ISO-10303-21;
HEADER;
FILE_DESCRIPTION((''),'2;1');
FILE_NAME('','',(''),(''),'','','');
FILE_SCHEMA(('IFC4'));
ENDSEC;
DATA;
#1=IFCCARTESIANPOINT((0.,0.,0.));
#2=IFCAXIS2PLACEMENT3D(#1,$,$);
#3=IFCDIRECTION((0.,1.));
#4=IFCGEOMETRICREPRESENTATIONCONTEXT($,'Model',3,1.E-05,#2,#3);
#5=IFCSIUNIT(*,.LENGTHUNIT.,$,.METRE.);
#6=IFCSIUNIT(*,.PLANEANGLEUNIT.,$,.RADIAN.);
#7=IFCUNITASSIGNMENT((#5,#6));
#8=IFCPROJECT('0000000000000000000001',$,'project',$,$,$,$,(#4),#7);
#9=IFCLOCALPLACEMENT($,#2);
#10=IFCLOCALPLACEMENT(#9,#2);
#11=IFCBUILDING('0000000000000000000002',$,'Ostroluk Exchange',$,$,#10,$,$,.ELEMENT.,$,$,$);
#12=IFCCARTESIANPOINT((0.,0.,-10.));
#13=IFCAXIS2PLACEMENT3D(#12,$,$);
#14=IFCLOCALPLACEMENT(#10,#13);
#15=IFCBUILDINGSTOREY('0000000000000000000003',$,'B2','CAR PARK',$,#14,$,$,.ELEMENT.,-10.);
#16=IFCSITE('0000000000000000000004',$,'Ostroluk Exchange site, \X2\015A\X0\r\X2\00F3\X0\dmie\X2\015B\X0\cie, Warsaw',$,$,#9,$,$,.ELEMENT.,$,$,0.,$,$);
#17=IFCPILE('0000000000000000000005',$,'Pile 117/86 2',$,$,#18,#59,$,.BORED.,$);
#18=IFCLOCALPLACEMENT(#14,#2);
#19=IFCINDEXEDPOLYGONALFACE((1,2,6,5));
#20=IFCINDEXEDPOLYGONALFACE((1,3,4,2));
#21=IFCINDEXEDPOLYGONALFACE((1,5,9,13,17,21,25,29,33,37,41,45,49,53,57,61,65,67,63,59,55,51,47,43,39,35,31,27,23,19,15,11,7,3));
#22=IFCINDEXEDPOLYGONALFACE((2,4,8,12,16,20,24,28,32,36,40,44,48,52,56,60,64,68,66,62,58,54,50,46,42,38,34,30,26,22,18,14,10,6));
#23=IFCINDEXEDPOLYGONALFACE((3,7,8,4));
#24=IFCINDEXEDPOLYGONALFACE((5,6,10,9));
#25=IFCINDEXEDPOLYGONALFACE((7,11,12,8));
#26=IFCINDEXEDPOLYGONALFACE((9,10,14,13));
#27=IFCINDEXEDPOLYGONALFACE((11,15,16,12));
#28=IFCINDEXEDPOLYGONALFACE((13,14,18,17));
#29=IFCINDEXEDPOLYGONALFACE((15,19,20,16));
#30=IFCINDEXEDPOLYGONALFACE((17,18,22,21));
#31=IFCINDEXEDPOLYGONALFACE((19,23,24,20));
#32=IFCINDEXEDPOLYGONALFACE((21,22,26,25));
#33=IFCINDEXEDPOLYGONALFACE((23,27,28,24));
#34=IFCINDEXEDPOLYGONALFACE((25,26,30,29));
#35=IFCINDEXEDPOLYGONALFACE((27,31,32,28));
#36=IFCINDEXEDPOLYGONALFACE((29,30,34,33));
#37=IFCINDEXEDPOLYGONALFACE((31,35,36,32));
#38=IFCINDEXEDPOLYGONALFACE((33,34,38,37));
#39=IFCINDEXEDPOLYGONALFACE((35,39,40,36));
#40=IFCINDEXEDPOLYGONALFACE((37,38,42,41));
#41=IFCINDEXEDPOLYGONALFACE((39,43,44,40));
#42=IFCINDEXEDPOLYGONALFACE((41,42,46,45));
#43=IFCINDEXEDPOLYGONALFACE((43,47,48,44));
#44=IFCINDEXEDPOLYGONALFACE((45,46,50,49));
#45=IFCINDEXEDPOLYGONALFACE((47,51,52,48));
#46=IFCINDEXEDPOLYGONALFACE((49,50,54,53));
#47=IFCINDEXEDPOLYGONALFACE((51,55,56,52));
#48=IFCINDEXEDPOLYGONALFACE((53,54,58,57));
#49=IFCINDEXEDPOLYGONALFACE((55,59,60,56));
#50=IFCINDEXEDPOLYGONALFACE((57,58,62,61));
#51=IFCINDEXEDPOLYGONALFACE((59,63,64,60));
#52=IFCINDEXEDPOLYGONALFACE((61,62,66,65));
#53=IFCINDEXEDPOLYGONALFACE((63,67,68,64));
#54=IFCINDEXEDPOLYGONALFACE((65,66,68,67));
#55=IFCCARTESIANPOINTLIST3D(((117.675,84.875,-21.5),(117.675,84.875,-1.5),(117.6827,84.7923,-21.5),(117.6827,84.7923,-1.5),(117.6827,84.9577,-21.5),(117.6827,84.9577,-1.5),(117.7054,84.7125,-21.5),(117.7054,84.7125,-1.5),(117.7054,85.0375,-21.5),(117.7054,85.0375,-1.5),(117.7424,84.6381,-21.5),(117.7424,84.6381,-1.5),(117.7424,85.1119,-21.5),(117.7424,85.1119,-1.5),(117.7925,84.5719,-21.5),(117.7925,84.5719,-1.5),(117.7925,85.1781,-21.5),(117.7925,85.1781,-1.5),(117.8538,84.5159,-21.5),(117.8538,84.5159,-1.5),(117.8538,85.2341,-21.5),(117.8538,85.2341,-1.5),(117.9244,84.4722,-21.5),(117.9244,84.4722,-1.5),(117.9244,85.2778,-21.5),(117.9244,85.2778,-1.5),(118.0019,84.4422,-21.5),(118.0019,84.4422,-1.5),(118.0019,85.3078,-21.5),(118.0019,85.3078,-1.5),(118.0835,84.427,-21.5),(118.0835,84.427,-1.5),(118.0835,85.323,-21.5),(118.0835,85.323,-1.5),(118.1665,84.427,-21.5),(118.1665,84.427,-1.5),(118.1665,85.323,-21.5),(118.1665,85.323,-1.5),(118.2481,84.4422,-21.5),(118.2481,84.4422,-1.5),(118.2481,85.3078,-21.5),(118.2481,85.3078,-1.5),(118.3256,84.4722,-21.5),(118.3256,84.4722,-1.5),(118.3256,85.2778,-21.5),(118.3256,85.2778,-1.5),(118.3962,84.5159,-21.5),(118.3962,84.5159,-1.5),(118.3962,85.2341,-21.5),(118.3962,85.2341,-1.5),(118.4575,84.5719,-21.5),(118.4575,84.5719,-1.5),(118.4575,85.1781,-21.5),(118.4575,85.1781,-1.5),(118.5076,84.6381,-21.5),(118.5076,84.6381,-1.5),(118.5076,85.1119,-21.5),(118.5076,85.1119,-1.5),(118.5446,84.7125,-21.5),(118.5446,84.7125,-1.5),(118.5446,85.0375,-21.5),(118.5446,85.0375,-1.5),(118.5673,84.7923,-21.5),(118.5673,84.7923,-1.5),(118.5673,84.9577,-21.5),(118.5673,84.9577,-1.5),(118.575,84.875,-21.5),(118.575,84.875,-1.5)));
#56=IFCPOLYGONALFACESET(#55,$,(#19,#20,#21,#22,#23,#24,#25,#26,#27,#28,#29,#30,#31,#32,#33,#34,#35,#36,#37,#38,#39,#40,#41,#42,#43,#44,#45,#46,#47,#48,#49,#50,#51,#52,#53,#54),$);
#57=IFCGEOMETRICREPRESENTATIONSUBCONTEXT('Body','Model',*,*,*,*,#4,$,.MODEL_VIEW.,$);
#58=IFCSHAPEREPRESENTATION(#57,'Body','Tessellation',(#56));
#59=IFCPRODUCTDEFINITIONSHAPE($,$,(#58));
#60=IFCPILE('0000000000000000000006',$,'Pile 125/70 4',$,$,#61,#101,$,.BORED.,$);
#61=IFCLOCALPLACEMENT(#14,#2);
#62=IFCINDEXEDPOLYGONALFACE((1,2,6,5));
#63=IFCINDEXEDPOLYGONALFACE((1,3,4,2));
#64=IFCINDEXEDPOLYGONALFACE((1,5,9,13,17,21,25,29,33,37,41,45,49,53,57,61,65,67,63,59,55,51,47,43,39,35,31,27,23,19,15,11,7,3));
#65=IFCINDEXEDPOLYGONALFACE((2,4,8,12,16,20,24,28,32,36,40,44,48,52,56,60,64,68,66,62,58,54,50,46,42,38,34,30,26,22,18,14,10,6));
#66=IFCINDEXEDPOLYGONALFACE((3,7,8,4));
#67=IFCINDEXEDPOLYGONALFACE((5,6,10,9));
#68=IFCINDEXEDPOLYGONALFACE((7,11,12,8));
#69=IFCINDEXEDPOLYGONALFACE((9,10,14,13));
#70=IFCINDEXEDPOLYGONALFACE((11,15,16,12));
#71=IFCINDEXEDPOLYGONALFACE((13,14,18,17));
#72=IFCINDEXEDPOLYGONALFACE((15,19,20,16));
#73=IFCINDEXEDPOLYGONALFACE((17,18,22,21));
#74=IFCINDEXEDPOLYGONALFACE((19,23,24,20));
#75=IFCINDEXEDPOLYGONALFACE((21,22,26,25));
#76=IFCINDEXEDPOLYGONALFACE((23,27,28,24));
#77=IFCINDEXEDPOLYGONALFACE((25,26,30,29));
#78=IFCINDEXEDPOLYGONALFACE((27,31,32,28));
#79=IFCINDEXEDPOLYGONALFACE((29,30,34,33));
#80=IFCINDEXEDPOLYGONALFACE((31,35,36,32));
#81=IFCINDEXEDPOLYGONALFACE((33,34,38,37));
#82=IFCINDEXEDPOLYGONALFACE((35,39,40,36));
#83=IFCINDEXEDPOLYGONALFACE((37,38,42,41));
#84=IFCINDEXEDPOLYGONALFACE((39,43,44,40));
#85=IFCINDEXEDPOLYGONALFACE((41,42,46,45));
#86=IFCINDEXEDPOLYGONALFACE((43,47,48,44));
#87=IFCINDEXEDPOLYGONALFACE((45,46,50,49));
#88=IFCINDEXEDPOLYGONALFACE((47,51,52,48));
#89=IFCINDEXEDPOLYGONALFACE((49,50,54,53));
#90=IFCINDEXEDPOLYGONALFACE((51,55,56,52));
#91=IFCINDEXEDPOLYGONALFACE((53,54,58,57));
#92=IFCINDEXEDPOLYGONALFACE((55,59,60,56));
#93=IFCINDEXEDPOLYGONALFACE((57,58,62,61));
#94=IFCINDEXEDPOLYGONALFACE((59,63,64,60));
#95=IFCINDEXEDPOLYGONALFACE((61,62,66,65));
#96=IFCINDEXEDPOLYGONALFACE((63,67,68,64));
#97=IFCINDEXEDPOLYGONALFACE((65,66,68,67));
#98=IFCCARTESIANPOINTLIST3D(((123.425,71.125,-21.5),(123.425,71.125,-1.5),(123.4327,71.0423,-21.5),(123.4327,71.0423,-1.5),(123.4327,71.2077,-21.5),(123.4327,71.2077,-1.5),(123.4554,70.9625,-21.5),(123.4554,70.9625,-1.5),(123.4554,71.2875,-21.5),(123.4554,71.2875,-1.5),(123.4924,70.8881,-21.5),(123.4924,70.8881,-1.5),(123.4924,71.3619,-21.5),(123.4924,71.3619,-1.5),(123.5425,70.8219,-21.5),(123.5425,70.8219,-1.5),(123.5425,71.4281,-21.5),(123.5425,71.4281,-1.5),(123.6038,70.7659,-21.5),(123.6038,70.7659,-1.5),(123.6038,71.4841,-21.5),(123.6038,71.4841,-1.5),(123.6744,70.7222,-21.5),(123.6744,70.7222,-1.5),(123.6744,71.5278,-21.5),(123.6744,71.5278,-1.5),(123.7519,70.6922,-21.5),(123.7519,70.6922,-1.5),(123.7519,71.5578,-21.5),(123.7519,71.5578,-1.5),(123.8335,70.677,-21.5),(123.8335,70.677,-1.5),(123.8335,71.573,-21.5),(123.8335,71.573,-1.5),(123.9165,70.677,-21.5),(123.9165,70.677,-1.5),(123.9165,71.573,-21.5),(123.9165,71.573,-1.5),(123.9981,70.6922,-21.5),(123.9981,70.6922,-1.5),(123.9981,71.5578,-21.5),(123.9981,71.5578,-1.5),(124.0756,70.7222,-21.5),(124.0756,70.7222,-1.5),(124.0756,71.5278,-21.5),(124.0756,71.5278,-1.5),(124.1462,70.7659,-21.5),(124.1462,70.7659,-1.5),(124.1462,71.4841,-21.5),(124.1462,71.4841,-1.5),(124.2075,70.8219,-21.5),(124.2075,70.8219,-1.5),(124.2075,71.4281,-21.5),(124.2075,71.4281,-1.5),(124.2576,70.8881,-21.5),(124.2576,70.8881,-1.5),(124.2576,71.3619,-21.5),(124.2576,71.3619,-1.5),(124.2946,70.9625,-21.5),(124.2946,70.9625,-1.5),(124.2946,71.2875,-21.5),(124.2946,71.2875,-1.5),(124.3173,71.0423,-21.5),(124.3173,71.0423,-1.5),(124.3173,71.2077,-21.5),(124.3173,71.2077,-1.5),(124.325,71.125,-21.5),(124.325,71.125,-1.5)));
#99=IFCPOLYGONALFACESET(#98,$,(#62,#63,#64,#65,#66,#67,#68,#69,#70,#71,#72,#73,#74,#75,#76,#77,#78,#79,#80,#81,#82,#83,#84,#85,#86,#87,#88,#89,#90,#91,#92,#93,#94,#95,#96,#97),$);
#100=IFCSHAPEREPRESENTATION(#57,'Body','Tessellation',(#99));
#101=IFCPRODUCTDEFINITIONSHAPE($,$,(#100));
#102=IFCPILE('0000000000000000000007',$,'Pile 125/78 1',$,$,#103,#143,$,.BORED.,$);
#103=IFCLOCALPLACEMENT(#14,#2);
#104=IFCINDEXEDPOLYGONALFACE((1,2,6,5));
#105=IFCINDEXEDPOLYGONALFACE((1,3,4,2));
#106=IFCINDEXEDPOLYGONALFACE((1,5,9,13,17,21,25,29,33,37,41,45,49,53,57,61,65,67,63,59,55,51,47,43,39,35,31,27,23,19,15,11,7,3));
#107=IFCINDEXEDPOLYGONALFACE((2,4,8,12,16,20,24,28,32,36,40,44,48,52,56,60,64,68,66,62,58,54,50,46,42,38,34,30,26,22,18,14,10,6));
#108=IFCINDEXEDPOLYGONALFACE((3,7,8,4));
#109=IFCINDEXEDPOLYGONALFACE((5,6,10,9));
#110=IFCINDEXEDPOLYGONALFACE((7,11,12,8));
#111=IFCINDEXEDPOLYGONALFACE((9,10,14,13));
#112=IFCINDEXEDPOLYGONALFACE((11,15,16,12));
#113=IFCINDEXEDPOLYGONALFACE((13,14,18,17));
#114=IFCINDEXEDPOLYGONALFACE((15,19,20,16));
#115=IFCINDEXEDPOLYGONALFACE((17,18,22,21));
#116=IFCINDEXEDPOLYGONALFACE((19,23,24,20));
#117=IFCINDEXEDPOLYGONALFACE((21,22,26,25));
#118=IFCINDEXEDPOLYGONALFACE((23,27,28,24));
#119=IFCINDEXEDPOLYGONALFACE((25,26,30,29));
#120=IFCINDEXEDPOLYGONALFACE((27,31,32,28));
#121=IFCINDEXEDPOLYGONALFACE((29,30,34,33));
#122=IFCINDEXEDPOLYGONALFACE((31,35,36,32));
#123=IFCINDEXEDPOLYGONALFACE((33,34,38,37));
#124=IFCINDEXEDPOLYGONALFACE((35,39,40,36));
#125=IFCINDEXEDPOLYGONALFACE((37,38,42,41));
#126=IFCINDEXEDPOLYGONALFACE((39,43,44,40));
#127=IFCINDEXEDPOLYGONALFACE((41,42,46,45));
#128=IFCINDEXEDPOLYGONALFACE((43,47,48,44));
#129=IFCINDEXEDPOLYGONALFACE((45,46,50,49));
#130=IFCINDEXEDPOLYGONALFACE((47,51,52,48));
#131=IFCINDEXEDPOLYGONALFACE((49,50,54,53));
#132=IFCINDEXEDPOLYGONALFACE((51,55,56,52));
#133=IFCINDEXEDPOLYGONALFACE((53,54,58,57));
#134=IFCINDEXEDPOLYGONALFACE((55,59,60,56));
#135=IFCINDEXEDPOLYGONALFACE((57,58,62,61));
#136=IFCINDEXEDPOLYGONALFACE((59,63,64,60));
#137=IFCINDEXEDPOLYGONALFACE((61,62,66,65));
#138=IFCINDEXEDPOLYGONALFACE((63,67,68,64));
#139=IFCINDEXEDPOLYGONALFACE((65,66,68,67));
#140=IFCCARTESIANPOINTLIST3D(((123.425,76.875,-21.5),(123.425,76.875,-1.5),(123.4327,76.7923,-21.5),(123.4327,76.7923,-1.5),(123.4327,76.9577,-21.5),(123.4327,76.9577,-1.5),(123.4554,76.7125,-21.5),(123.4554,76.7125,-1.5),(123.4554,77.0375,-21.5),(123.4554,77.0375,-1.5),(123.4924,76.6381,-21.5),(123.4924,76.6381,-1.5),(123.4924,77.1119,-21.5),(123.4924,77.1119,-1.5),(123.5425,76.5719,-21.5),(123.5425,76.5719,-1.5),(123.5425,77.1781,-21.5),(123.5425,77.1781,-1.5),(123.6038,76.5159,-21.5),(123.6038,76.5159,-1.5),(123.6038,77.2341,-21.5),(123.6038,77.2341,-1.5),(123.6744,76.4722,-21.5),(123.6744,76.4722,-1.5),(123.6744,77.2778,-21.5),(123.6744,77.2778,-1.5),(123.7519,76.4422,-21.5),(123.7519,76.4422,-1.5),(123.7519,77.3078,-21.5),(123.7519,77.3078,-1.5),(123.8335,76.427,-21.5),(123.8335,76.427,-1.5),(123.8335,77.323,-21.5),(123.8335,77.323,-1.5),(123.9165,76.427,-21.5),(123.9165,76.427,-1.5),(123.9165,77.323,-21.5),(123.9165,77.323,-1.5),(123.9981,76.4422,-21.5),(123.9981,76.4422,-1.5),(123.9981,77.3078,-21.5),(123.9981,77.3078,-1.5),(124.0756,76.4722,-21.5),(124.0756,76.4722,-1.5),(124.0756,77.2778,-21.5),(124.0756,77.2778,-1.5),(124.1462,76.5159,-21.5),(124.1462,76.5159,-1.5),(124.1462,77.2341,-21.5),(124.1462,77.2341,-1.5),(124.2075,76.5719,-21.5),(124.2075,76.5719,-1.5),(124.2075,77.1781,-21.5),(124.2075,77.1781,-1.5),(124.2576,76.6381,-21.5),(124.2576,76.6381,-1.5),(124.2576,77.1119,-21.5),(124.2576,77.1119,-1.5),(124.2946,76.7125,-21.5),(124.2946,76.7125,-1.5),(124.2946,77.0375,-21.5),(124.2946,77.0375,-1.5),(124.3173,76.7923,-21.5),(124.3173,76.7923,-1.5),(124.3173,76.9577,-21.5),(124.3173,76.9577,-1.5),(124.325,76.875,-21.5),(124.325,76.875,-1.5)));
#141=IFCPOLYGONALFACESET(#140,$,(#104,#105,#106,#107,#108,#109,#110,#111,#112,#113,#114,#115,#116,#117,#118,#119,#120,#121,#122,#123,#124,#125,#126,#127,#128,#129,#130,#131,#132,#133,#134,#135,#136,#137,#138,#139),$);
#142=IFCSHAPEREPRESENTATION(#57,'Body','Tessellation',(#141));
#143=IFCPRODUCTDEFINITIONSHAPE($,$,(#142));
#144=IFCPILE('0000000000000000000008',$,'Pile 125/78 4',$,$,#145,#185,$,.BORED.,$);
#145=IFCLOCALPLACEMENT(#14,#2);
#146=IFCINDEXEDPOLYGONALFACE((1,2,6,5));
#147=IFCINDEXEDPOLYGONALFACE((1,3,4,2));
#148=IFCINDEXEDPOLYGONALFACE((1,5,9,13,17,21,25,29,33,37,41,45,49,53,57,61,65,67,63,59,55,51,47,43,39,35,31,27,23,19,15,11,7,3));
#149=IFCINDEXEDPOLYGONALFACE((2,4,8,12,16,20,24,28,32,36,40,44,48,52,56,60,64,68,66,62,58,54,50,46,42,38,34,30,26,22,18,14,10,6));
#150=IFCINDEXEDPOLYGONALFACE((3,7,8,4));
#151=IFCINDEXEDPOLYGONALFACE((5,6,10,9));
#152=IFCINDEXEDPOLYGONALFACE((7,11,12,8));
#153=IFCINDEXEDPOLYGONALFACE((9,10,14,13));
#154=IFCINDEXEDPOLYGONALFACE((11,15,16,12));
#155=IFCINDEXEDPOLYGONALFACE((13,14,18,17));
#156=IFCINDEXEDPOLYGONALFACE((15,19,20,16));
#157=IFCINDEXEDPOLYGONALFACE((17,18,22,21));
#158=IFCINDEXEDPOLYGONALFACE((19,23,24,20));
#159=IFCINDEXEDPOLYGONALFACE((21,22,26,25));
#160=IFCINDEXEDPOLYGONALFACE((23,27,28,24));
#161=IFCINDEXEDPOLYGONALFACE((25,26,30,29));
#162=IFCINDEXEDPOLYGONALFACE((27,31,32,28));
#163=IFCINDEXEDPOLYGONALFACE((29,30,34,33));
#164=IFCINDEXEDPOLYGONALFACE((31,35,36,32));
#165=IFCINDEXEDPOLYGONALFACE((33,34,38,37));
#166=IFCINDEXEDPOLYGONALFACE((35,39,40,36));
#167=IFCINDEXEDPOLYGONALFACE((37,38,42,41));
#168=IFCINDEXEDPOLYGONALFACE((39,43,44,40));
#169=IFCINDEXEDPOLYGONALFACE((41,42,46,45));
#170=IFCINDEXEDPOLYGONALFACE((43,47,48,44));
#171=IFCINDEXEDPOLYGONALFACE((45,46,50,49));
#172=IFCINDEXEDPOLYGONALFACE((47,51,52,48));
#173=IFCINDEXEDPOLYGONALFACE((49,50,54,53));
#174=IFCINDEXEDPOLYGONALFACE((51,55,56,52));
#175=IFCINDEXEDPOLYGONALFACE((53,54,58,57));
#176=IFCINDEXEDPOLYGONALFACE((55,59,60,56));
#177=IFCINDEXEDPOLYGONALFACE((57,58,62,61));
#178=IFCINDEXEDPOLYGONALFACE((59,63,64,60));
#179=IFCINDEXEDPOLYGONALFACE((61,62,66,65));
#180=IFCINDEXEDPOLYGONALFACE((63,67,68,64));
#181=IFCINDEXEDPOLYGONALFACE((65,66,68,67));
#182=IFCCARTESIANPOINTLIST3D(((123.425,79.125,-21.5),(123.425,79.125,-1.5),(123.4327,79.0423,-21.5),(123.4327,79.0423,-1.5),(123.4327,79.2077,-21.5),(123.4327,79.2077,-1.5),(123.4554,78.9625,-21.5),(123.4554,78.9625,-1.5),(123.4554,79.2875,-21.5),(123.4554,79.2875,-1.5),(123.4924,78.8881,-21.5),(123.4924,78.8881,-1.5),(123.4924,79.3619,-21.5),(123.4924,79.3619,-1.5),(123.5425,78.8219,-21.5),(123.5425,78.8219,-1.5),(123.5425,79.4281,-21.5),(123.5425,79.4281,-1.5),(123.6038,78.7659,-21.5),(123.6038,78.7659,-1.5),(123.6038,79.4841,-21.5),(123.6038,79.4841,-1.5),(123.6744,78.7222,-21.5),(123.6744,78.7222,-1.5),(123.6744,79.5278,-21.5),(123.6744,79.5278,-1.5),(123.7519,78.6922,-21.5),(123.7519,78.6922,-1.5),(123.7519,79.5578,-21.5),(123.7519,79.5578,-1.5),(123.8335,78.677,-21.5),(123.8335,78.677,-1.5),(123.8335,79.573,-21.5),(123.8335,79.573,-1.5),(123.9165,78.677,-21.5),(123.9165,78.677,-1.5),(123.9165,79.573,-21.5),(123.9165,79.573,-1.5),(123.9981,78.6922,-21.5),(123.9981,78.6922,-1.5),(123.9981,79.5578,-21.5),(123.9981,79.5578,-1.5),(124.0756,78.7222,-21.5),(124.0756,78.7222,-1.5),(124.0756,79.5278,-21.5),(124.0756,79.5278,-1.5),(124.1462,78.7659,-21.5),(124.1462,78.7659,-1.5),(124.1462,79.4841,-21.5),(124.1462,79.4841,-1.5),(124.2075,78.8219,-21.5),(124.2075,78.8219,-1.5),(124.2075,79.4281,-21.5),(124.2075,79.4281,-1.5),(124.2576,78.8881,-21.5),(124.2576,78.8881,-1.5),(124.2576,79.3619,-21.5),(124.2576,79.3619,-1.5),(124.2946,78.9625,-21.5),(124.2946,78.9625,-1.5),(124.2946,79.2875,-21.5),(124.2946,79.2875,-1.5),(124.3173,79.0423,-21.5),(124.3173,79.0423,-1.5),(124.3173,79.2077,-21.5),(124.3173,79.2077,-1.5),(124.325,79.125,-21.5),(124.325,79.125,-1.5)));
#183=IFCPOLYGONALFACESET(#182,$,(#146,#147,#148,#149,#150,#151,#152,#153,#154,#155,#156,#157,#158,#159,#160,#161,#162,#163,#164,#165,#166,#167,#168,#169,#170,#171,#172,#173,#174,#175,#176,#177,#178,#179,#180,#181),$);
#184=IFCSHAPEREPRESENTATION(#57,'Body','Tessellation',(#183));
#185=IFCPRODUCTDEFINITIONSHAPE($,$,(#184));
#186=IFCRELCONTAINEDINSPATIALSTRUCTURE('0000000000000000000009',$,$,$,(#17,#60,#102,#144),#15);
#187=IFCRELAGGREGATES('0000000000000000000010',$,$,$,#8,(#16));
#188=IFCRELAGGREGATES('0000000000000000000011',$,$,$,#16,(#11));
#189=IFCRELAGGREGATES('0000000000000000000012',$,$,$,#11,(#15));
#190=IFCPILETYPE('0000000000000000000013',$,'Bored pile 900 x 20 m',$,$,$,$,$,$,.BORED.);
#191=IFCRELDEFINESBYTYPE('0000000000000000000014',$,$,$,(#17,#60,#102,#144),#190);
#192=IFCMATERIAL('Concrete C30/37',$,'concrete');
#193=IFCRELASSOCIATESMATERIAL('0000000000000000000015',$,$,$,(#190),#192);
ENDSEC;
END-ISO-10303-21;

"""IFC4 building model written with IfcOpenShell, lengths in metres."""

from ifc_helpers import new_model, si_unit, direction, frame, origin, origin_2d, place, context, subcontext, project, spatial, circle, extrude, material, type_object, element, save


model = new_model("IFC4")

# Units and contexts
model_context = context("Model", 3, precision=1e-05, world=origin(), true_north=direction((0.0, 1.0)))
body_context = subcontext(model_context, "Body", "Model", "MODEL_VIEW")
ifc_project = project(units=[si_unit("LENGTHUNIT", "METRE"), si_unit("PLANEANGLEUNIT", "RADIAN")], contexts=[model_context])

# Site, building, storey
site_placement = place(None, origin())
site = spatial("IfcSite", under=ifc_project, at=site_placement, Name="Ostroluk Exchange site, Śródmieście, Warsaw", CompositionType="ELEMENT", RefElevation=0.0)
building_placement = place(site_placement, origin())
building = spatial("IfcBuilding", under=site, at=building_placement, Name="Ostroluk Exchange", CompositionType="ELEMENT")
storey_placement = place(building_placement, frame((0.0, 0.0, -10.0)))
storey = spatial("IfcBuildingStorey", under=building, at=storey_placement, Name="B2", Description="CAR PARK", CompositionType="ELEMENT", Elevation=-10.0)

# Piles
ifc_material_1 = material(Name="Concrete C30/37", Category="concrete")
pile_type = type_object("IfcPileType", Name="Bored pile 900 x 20 m", PredefinedType="BORED", material=ifc_material_1)
for number, where, z_axis, x_axis, name in (
    (1, (118.125, 84.875, -1.5), (0.0, 0.0, -1.0), (1.0, 0.0, 0.0), "Pile 117/86 2"),
    (2, (123.875, 71.125, -1.5), (0.0, 0.0, -1.0), (1.0, 0.0, 0.0), "Pile 125/70 4"),
    (3, (123.875, 76.875, -1.5), (0.0, 0.0, -1.0), (1.0, 0.0, 0.0), "Pile 125/78 1"),
    (4, (123.875, 79.125, -1.5), (0.0, 0.0, -1.0), (1.0, 0.0, 0.0), "Pile 125/78 4"),
):
    element("IfcPile", number, at=place(storey_placement, frame(where, z_axis=z_axis, x_axis=x_axis)), inside=storey, type_object=pile_type, Name=name, PredefinedType="BORED", context=body_context, shape_type="SweptSolid", body=[
        extrude(circle(Radius=0.45, at=origin_2d()), origin(), (0.0, 0.0, 1.0), 20.0),
    ])

save(model, "model.ifc")
